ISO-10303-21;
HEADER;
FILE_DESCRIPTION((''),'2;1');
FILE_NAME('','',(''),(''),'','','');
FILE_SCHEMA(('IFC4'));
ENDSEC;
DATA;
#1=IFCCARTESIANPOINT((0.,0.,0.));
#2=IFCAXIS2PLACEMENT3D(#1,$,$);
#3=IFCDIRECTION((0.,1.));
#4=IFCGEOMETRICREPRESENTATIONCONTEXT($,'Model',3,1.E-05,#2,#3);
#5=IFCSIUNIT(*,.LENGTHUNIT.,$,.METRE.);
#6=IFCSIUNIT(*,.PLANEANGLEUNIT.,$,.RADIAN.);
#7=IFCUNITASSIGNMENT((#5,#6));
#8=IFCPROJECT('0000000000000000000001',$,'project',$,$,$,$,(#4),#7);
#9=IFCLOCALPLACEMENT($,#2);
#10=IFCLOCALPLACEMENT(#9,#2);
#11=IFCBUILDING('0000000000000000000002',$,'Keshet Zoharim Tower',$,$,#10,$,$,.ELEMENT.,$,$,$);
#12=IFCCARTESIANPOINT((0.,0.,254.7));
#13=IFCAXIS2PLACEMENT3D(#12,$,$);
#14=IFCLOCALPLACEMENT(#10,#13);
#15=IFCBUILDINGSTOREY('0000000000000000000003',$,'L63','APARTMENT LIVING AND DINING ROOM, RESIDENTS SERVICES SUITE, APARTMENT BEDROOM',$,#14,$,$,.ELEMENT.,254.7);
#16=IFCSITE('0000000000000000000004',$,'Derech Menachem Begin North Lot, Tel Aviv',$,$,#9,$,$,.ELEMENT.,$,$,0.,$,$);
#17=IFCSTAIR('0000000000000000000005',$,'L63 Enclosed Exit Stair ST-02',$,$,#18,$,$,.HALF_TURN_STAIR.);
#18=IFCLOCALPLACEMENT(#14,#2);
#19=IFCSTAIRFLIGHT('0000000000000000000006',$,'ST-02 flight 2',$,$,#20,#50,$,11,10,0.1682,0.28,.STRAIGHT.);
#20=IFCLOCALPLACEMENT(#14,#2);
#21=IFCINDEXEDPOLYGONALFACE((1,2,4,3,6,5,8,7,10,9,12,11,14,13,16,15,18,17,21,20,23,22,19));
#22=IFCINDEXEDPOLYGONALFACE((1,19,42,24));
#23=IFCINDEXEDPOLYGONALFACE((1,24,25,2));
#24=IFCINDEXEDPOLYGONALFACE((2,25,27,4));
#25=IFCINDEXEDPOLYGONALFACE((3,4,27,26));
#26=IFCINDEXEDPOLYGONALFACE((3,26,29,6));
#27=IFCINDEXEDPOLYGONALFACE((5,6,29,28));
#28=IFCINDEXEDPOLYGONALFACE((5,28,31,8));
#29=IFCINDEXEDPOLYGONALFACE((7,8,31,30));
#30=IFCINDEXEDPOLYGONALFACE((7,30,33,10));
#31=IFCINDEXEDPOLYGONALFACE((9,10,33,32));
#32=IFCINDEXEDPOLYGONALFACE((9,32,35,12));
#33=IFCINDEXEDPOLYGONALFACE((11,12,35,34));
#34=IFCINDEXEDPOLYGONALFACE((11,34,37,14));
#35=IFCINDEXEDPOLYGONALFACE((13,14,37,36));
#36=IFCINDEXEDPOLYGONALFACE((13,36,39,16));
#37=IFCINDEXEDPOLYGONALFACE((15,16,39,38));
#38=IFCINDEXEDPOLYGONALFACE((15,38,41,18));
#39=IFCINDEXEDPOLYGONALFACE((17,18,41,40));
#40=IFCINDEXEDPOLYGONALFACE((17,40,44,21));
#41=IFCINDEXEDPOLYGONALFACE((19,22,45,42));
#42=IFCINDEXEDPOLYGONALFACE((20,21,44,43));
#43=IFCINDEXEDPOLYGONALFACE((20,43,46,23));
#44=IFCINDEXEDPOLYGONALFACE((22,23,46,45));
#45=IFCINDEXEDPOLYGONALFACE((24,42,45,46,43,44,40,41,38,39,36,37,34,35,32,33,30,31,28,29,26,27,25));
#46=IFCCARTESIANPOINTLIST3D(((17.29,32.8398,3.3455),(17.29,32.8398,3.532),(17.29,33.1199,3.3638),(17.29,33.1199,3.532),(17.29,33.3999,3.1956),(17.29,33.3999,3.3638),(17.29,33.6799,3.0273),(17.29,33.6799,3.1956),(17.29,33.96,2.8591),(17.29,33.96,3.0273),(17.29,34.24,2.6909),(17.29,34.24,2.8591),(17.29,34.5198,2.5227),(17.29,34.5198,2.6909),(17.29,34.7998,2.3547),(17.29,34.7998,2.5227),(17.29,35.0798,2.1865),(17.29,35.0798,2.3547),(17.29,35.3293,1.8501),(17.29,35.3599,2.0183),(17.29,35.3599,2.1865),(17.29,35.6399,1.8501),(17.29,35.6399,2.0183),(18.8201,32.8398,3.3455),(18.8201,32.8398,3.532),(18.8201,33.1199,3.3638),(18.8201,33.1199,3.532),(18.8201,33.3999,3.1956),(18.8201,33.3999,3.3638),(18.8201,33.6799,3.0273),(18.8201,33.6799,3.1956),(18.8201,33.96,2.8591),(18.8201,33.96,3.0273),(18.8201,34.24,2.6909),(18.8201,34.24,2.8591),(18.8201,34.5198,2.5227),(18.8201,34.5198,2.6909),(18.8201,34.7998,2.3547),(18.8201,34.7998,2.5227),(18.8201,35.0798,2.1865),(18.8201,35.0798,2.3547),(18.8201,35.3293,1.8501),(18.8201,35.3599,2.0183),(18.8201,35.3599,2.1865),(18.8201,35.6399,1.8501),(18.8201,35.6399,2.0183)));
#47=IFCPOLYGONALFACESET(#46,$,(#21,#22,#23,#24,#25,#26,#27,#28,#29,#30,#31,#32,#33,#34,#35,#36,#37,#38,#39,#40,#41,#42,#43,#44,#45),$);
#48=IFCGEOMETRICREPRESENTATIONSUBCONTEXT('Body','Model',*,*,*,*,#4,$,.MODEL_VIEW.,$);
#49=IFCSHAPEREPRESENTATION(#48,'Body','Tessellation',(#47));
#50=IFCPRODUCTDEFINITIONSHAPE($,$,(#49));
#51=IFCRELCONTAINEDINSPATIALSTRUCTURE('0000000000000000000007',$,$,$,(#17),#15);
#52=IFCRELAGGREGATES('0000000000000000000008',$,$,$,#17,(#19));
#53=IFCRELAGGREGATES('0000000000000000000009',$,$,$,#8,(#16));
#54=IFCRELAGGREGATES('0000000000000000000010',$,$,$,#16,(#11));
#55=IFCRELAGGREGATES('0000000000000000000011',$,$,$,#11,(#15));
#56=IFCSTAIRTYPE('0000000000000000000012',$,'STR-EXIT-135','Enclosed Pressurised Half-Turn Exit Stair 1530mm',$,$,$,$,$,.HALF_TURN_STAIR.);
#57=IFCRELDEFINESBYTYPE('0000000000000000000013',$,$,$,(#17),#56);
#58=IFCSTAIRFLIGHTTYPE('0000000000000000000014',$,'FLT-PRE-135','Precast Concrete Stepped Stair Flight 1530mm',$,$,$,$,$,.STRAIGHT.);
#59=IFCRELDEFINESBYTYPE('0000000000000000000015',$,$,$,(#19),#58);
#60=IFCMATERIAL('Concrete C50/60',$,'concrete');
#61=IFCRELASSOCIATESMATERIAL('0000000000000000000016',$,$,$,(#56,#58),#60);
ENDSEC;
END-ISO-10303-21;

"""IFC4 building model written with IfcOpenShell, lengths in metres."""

from ifc_helpers import new_model, si_unit, direction, frame, origin, place, context, subcontext, project, spatial, polyline, outline, extrude, material, type_object, element, aggregate, save


model = new_model("IFC4")

# Units and contexts
model_context = context("Model", 3, precision=1e-05, world=origin(), true_north=direction((0.0, 1.0)))
body_context = subcontext(model_context, "Body", "Model", "MODEL_VIEW")
ifc_project = project(units=[si_unit("LENGTHUNIT", "METRE"), si_unit("PLANEANGLEUNIT", "RADIAN")], contexts=[model_context])

# Site, building, storey
site_placement = place(None, origin())
site = spatial("IfcSite", under=ifc_project, at=site_placement, Name="Derech Menachem Begin North Lot, Tel Aviv", CompositionType="ELEMENT", RefElevation=0.0)
building_placement = place(site_placement, origin())
building = spatial("IfcBuilding", under=site, at=building_placement, Name="Keshet Zoharim Tower", CompositionType="ELEMENT")
storey_placement = place(building_placement, frame((0.0, 0.0, 254.7)))
storey = spatial("IfcBuildingStorey", under=building, at=storey_placement, Name="L63", Description="APARTMENT LIVING AND DINING ROOM, RESIDENTS SERVICES SUITE, APARTMENT BEDROOM", CompositionType="ELEMENT", Elevation=254.7)

# Shared definitions
ifc_material_1 = material(Name="Concrete C50/60", Category="concrete")

# Shared definitions
stair_type = type_object("IfcStairType", Name="STR-EXIT-135", Description="Enclosed Pressurised Half-Turn Exit Stair 1530mm", PredefinedType="HALF_TURN_STAIR", material=ifc_material_1)
stair_flight_type = type_object("IfcStairFlightType", Name="FLT-PRE-135", Description="Precast Concrete Stepped Stair Flight 1530mm", PredefinedType="STRAIGHT", material=ifc_material_1)

# Stair, stair flight
stair_1_placement = place(storey_placement, origin())
stair_1 = element("IfcStair", 1, at=stair_1_placement, inside=storey, type_object=stair_type, Name="L63 Enclosed Exit Stair ST-02", PredefinedType="HALF_TURN_STAIR")
stair_flight_1_placement = place(storey_placement, frame((18.0549, 35.6399, 1.8501), z_axis=(0.0, 0.0, 1.0), x_axis=(0.0, -1.0, 0.0)))
stair_flight_1 = element("IfcStairFlight", 2, at=stair_flight_1_placement, type_object=stair_flight_type, Name="ST-02 flight 2", NumberOfRisers=11, NumberOfTreads=10, PredefinedType="STRAIGHT", RiserHeight=0.1682, TreadLength=0.28, context=body_context, shape_type="SweptSolid", body=[
    extrude(outline(polyline([(0.0, 0.0), (0.0, 0.1682), (0.28, 0.1682), (0.28, 0.3364), (0.5601, 0.3364), (0.5601, 0.5046), (0.8401, 0.5046), (0.8401, 0.6726), (1.1201, 0.6726), (1.1201, 0.8408), (1.3999, 0.8408), (1.3999, 1.009), (1.6799, 1.009), (1.6799, 1.1772), (1.96, 1.1772), (1.96, 1.3455), (2.24, 1.3455), (2.24, 1.5137), (2.52, 1.5137), (2.52, 1.6819), (2.8, 1.6819), (2.8, 1.8501), (2.8, 1.4954), (0.3105, 0.0), (0.0, 0.0)])), frame((0.0, 0.7651, 0.0), z_axis=(0.0, -1.0, 0.0), x_axis=(1.0, 0.0, 0.0)), (0.0, 0.0, 1.0), 1.53),
])
aggregate(stair_1, [stair_flight_1])

save(model, "model.ifc")
